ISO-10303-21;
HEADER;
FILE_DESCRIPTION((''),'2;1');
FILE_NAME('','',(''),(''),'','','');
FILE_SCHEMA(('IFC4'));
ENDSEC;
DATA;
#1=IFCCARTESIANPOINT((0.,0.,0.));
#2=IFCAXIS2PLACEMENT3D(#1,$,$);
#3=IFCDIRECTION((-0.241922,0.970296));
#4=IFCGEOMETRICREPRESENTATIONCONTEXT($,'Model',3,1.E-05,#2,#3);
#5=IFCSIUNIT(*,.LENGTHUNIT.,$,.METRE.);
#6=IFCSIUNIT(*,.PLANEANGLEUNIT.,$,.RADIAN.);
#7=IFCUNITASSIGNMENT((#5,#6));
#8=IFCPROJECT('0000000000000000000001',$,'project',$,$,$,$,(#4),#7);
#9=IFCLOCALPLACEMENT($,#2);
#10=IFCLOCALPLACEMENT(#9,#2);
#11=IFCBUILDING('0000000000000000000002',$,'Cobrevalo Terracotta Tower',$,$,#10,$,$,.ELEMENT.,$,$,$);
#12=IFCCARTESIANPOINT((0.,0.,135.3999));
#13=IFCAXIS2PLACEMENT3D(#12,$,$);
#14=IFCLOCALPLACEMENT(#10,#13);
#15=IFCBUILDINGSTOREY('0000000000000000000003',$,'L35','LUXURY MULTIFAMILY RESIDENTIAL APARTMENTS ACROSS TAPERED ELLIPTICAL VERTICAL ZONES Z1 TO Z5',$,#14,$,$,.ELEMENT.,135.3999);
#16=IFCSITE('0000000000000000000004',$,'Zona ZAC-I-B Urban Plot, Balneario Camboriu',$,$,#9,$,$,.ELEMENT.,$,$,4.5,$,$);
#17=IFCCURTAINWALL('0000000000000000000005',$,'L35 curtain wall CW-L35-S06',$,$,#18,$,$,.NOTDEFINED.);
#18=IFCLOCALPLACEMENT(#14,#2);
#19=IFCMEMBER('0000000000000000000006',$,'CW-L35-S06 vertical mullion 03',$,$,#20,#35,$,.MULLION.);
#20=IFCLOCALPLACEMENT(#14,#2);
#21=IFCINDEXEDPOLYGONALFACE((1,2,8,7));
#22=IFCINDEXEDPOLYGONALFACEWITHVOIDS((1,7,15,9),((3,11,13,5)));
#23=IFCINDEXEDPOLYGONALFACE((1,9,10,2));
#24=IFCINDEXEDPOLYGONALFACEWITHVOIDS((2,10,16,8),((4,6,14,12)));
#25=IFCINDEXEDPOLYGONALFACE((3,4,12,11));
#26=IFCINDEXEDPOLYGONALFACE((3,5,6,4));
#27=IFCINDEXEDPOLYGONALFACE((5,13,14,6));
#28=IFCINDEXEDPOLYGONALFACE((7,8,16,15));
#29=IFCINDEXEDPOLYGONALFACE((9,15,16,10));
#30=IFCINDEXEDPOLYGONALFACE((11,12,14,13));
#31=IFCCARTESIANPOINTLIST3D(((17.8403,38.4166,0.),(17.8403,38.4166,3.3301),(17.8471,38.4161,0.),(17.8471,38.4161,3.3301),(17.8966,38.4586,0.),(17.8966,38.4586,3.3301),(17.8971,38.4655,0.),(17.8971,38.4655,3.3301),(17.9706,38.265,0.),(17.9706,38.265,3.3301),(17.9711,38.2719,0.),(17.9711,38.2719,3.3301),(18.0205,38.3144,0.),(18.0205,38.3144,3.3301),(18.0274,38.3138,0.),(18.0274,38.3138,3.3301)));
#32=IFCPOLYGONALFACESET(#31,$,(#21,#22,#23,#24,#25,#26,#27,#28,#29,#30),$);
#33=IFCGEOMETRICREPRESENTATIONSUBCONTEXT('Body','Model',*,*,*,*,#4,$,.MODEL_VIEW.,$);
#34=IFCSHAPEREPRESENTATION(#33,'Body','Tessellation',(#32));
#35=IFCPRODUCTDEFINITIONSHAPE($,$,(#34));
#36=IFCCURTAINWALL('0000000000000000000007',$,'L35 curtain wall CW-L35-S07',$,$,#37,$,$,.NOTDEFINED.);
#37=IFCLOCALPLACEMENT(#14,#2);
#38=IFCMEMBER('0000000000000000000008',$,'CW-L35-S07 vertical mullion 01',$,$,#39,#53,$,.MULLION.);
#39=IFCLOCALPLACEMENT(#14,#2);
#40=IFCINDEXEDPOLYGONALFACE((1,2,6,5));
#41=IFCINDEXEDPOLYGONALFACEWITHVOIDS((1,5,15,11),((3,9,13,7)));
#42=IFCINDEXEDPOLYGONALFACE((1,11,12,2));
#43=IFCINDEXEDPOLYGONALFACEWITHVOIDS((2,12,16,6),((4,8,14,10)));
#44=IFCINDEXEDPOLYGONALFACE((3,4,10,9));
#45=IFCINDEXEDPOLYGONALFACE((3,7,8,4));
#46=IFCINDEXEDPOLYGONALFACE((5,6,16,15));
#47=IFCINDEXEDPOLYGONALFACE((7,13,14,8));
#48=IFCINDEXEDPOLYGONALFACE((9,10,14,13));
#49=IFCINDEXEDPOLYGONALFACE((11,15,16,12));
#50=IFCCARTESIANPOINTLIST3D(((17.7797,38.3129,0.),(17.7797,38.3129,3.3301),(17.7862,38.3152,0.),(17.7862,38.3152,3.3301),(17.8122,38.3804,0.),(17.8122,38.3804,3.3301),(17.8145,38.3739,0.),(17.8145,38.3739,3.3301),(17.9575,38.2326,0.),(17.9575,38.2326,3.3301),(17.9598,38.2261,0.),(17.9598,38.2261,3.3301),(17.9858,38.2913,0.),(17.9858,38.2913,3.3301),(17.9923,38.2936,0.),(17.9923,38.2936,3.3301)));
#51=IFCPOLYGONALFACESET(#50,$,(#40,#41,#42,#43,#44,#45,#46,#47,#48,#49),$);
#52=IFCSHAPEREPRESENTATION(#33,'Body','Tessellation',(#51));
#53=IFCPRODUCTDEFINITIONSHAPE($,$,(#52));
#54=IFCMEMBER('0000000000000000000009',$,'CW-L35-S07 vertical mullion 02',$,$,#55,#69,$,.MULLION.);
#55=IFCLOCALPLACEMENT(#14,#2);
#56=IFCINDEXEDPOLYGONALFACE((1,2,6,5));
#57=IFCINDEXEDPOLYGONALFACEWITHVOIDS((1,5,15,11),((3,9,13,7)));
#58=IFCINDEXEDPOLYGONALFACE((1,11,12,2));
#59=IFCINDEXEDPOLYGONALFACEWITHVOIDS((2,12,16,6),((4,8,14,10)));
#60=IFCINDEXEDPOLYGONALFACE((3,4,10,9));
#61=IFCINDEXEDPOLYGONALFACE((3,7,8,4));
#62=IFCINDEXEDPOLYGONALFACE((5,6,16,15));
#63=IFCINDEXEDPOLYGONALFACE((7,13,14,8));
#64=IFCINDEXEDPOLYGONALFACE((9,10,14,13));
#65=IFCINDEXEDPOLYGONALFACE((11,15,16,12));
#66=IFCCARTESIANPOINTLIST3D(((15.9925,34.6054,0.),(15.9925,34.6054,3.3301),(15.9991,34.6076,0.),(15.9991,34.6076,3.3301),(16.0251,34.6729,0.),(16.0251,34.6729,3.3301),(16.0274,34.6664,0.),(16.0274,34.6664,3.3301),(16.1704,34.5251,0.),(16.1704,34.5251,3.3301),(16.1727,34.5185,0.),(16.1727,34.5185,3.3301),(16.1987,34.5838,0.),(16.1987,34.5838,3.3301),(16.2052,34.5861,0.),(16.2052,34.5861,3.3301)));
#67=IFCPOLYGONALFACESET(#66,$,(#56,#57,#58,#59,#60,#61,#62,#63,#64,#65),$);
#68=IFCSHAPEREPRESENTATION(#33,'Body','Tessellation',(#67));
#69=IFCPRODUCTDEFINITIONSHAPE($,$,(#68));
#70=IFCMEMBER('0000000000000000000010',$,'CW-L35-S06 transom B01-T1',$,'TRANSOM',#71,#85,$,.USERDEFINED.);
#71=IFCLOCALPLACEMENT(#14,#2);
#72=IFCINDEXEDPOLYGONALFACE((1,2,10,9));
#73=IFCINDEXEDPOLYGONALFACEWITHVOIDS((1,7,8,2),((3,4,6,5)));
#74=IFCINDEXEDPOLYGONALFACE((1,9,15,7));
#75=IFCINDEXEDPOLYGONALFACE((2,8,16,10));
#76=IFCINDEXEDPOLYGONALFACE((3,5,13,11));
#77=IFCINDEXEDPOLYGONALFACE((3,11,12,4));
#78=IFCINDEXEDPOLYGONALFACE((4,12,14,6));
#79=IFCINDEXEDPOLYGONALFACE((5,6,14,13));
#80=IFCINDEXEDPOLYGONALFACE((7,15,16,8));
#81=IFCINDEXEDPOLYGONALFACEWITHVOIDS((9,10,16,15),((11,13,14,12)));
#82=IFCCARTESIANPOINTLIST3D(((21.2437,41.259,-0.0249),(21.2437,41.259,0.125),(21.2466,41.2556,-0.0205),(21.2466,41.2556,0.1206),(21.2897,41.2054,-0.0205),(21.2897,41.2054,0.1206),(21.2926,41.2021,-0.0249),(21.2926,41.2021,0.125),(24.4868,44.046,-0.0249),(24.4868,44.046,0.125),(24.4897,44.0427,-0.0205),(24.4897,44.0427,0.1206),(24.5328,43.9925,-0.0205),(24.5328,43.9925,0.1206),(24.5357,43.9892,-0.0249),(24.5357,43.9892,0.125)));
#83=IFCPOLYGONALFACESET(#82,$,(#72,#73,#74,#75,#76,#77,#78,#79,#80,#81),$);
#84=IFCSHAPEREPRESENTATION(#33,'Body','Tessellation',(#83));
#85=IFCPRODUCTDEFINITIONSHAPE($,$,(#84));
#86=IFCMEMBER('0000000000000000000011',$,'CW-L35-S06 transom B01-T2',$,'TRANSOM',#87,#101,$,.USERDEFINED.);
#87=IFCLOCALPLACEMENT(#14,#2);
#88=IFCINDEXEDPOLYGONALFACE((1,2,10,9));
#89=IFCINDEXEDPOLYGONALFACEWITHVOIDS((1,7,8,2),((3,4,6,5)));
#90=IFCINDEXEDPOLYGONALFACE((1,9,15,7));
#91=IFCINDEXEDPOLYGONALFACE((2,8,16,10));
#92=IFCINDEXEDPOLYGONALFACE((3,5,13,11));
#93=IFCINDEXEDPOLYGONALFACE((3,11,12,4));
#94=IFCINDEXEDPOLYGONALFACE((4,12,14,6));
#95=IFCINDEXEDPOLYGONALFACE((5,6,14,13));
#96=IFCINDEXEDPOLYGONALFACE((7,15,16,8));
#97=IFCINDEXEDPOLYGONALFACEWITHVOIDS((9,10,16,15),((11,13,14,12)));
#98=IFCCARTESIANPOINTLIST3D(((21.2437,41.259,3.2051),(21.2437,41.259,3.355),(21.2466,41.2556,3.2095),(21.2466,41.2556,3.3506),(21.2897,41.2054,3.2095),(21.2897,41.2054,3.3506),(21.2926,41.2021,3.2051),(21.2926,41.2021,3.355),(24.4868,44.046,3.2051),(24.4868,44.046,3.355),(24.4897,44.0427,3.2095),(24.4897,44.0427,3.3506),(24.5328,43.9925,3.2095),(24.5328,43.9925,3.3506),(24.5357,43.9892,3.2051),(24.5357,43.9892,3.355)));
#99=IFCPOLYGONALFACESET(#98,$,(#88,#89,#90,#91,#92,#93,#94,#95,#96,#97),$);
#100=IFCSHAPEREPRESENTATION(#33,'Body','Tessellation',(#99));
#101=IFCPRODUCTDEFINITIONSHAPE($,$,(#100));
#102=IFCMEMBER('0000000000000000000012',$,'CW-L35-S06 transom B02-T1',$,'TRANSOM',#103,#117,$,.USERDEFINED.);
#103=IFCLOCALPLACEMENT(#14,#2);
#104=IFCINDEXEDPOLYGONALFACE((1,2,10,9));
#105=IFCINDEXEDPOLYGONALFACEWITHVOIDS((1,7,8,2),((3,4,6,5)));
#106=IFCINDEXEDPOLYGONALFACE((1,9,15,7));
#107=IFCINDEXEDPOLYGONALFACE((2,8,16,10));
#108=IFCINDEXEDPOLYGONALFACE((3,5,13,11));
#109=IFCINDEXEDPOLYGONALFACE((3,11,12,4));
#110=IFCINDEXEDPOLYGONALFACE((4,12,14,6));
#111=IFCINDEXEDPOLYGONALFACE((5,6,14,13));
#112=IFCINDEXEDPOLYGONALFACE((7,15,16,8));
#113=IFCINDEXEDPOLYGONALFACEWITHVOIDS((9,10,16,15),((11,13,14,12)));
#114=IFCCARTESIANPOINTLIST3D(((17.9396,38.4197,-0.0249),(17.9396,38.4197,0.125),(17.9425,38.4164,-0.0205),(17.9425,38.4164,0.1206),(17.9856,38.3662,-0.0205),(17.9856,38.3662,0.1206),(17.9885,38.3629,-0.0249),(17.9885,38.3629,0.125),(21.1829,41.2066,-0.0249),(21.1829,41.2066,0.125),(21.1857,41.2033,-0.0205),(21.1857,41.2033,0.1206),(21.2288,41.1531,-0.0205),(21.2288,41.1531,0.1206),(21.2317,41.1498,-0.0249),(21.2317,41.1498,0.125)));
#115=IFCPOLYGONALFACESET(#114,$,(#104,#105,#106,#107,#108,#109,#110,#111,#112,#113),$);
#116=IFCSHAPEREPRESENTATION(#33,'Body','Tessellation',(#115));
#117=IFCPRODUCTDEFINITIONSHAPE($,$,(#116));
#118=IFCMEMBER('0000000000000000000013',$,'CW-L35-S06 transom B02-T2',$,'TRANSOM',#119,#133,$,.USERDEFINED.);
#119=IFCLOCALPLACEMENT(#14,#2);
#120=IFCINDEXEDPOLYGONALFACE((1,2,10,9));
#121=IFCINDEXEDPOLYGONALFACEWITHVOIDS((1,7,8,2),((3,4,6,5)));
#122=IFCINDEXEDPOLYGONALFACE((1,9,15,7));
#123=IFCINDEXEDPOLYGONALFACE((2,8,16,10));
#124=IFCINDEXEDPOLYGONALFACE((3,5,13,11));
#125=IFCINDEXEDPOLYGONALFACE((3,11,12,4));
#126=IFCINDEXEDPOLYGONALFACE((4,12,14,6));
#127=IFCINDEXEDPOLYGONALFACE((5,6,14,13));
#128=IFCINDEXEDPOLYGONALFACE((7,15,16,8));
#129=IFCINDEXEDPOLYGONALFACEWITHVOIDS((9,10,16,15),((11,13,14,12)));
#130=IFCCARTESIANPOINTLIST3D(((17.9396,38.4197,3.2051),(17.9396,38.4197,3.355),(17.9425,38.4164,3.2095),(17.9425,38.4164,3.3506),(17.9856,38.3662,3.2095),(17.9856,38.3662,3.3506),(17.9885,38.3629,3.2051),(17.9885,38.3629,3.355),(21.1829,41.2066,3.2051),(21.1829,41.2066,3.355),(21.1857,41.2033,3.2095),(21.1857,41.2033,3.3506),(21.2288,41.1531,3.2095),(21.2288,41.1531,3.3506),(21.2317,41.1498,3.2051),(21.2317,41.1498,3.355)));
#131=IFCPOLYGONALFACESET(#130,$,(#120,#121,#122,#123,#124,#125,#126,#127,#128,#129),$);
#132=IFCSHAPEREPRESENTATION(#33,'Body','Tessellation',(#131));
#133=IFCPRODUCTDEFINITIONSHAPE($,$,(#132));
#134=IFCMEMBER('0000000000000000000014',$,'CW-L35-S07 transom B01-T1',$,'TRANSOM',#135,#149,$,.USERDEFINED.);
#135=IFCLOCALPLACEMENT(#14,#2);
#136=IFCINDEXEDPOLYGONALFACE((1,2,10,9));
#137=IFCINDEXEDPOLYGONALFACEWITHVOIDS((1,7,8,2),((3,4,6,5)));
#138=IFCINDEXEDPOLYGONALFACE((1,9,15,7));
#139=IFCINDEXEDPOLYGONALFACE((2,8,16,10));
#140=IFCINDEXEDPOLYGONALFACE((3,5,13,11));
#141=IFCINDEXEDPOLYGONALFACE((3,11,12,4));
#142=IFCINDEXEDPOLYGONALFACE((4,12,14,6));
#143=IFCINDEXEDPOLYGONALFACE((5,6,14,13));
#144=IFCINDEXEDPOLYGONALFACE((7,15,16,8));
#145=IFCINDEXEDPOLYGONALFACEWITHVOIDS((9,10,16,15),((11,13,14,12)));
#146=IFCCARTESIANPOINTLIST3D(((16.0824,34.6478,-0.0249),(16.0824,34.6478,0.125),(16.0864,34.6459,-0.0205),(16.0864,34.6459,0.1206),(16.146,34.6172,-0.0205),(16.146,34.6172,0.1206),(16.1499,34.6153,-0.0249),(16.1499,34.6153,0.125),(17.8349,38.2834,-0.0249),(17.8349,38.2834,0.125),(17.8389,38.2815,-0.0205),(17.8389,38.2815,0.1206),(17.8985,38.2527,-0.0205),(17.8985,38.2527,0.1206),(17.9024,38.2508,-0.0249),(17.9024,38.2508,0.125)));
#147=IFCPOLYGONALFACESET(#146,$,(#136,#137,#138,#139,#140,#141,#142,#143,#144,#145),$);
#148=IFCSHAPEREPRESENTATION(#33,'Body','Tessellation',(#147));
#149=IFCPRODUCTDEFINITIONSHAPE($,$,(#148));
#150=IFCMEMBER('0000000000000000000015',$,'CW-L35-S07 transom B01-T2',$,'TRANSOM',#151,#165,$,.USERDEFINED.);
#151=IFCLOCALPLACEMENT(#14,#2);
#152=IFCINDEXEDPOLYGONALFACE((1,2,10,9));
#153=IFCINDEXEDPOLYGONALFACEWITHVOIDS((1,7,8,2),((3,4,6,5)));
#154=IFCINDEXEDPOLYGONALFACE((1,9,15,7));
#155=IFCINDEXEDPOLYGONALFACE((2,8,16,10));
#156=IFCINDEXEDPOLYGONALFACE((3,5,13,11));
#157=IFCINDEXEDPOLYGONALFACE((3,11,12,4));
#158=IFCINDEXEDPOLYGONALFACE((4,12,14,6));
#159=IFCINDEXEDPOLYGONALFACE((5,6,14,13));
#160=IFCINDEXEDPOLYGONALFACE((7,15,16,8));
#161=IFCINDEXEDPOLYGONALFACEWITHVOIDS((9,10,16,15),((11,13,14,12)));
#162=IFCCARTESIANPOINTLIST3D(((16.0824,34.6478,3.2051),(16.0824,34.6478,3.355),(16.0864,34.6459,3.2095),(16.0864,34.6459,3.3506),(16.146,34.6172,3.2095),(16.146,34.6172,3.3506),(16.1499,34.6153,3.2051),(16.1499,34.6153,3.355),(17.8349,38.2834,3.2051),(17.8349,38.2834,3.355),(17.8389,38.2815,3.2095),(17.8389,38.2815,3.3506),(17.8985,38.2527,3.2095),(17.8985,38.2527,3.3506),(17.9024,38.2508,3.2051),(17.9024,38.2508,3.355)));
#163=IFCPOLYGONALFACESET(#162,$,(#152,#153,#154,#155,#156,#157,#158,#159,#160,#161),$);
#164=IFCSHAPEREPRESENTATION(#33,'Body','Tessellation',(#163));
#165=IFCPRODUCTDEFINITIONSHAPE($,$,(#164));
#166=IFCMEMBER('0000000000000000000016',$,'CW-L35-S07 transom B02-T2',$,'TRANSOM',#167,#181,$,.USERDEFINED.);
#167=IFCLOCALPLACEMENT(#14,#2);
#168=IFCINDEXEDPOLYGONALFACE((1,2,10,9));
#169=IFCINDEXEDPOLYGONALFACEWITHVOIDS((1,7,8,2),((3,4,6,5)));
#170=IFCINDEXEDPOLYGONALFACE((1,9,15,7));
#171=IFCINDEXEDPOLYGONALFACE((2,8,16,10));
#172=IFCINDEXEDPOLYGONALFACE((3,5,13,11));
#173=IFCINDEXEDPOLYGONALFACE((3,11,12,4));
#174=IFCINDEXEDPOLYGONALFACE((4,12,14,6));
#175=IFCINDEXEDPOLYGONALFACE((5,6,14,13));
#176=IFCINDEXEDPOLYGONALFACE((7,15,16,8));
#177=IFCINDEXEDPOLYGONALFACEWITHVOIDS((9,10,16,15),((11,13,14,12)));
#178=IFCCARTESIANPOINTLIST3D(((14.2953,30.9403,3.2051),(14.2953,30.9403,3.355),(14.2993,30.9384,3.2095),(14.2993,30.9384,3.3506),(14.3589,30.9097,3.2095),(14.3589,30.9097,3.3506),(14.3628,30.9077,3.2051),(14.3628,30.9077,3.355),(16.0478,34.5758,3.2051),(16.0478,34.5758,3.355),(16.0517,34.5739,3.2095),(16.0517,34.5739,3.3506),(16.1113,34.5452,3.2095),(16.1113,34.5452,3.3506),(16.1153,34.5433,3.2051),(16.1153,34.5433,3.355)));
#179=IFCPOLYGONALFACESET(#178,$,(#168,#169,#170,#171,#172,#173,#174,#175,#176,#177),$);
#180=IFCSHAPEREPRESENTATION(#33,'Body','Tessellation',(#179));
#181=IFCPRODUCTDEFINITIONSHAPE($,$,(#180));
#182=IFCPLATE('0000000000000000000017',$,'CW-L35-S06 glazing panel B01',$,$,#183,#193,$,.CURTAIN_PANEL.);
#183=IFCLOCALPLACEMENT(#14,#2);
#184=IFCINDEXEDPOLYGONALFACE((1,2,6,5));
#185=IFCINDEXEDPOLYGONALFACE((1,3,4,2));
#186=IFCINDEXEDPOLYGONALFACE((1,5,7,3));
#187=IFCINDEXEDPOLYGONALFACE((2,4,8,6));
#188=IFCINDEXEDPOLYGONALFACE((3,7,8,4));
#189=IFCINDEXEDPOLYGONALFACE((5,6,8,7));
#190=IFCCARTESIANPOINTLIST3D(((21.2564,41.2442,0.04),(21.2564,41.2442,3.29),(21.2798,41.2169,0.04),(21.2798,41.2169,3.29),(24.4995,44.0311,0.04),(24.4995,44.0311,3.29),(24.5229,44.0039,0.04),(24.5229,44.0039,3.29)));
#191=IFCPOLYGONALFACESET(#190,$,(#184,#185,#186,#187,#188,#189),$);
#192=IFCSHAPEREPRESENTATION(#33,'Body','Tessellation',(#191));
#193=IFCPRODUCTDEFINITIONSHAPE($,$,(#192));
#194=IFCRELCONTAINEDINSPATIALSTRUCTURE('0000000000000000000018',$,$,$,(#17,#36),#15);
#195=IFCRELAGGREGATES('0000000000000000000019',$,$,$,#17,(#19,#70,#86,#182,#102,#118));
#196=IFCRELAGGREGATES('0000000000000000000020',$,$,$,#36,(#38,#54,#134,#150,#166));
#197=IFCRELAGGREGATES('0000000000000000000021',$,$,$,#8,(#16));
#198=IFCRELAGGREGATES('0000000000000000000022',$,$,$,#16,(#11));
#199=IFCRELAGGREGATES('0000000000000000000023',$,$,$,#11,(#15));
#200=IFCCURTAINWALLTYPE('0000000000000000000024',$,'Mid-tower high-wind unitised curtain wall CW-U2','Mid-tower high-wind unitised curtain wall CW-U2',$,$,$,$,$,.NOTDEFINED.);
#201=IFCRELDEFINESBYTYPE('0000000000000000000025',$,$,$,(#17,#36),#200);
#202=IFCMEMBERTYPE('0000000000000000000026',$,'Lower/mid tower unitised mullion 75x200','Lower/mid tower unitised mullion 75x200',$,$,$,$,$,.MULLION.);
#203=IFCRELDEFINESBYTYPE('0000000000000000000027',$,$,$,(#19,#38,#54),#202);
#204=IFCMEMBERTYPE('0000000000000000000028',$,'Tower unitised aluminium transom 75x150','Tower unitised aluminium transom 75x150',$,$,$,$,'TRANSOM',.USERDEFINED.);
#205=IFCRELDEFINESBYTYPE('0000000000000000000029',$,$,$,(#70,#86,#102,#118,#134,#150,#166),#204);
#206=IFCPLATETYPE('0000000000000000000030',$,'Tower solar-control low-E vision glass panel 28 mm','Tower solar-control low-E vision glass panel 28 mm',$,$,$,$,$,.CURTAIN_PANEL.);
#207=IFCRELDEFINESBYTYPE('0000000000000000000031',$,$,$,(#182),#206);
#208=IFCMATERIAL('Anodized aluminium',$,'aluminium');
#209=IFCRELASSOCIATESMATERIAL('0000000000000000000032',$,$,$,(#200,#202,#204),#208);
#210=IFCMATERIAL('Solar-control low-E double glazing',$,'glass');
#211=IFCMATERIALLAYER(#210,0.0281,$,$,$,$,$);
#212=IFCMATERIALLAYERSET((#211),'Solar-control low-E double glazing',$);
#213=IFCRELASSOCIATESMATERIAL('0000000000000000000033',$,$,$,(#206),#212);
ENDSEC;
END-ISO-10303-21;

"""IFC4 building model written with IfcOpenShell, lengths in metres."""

from ifc_helpers import new_model, si_unit, direction, frame, origin, origin_2d, place, context, subcontext, project, spatial, rectangle, hollow_rectangle, extrude, source, transform, mapped, material, layer, layer_set, material_profile, profile_set, type_object, element, aggregate, save


model = new_model("IFC4")

# Units and contexts
model_context = context("Model", 3, precision=1e-05, world=origin(), true_north=direction((-0.241922, 0.970296)))
body_context = subcontext(model_context, "Body", "Model", "MODEL_VIEW")
ifc_project = project(units=[si_unit("LENGTHUNIT", "METRE"), si_unit("PLANEANGLEUNIT", "RADIAN")], contexts=[model_context])

# Site, building, storey
site_placement = place(None, origin())
site = spatial("IfcSite", under=ifc_project, at=site_placement, Name="Zona ZAC-I-B Urban Plot, Balneario Camboriu", CompositionType="ELEMENT", RefElevation=4.5)
building_placement = place(site_placement, origin())
building = spatial("IfcBuilding", under=site, at=building_placement, Name="Cobrevalo Terracotta Tower", CompositionType="ELEMENT")
storey_placement = place(building_placement, frame((0.0, 0.0, 135.3999)))
storey = spatial("IfcBuildingStorey", under=building, at=storey_placement, Name="L35", Description="LUXURY MULTIFAMILY RESIDENTIAL APARTMENTS ACROSS TAPERED ELLIPTICAL VERTICAL ZONES Z1 TO Z5", CompositionType="ELEMENT", Elevation=135.3999)

# Curtain walls, members
ifc_material_1 = material(Name="Anodized aluminium", Category="aluminium")
curtain_wall_type = type_object("IfcCurtainWallType", Name="Mid-tower high-wind unitised curtain wall CW-U2", Description="Mid-tower high-wind unitised curtain wall CW-U2", PredefinedType="NOTDEFINED", material=ifc_material_1)
curtain_wall_1_placement = place(storey_placement, origin())
curtain_wall_1 = element("IfcCurtainWall", 1, at=curtain_wall_1_placement, inside=storey, type_object=curtain_wall_type, Name="L35 curtain wall CW-L35-S06", PredefinedType="NOTDEFINED")
ifc_material_profile_1 = material_profile(ifc_material_1, hollow_rectangle(XDim=0.075, YDim=0.2, WallThickness=0.0049, at=origin_2d()), Name="CWM 75x200")
ifc_profile_set_1 = profile_set([ifc_material_profile_1], Name="Anodized aluminium")
member_type_1 = type_object("IfcMemberType", Name="Lower/mid tower unitised mullion 75x200", Description="Lower/mid tower unitised mullion 75x200", PredefinedType="MULLION", material=ifc_profile_set_1)
shared_shape_1 = source(origin(), body_context, "Body", "SweptSolid", [
    extrude(hollow_rectangle(XDim=0.075, YDim=0.2, WallThickness=0.0049, at=origin_2d()), origin(), (0.0, 0.0, 1.0), 3.3301),
])
member_1_placement = place(storey_placement, frame((17.9338, 38.3652, 0.0), z_axis=(0.0, 0.0, 1.0), x_axis=(-0.758442, -0.651741, 0.0)))
member_1 = element("IfcMember", 2, at=member_1_placement, type_object=member_type_1, Name="CW-L35-S06 vertical mullion 03", PredefinedType="MULLION", context=body_context, shape_type="MappedRepresentation", body=[
    mapped(shared_shape_1, transform((0.0, 0.0, 0.0), scale=1.0)),
])
curtain_wall_2_placement = place(storey_placement, origin())
curtain_wall_2 = element("IfcCurtainWall", 3, at=curtain_wall_2_placement, inside=storey, type_object=curtain_wall_type, Name="L35 curtain wall CW-L35-S07", PredefinedType="NOTDEFINED")
member_2_placement = place(storey_placement, frame((17.886, 38.3032, 0.0), z_axis=(0.0, 0.0, 1.0), x_axis=(-0.434209, -0.900812, 0.0)))
member_2 = element("IfcMember", 4, at=member_2_placement, type_object=member_type_1, Name="CW-L35-S07 vertical mullion 01", PredefinedType="MULLION", context=body_context, shape_type="MappedRepresentation", body=[
    mapped(shared_shape_1, transform((0.0, 0.0, 0.0), scale=1.0)),
])
member_3_placement = place(storey_placement, frame((16.0989, 34.5957, 0.0), z_axis=(0.0, 0.0, 1.0), x_axis=(-0.434209, -0.900812, 0.0)))
member_3 = element("IfcMember", 5, at=member_3_placement, type_object=member_type_1, Name="CW-L35-S07 vertical mullion 02", PredefinedType="MULLION", context=body_context, shape_type="MappedRepresentation", body=[
    mapped(shared_shape_1, transform((0.0, 0.0, 0.0), scale=1.0)),
])

# Members
ifc_material_profile_2 = material_profile(ifc_material_1, hollow_rectangle(XDim=0.075, YDim=0.1499, WallThickness=0.0044, at=origin_2d()), Name="CWT 75x150")
ifc_profile_set_2 = profile_set([ifc_material_profile_2], Name="Anodized aluminium")
member_type_2 = type_object("IfcMemberType", Name="Tower unitised aluminium transom 75x150", Description="Tower unitised aluminium transom 75x150", ElementType="TRANSOM", PredefinedType="USERDEFINED", material=ifc_profile_set_2)
shared_shape_2 = source(origin(), body_context, "Body", "SweptSolid", [
    extrude(hollow_rectangle(XDim=0.075, YDim=0.1499, WallThickness=0.0044, at=origin_2d()), origin(), (0.0, 0.0, 1.0), 4.2761),
])
member_4_placement = place(storey_placement, frame((24.5112, 44.0176, 0.05), z_axis=(-0.758418, -0.651769, 0.0), x_axis=(0.651769, -0.758418, 0.0)))
member_4 = element("IfcMember", 6, at=member_4_placement, type_object=member_type_2, Name="CW-L35-S06 transom B01-T1", ObjectType="TRANSOM", PredefinedType="USERDEFINED", context=body_context, shape_type="MappedRepresentation", body=[
    mapped(shared_shape_2, transform((0.0, 0.0, 0.0), scale=1.0)),
])
member_5_placement = place(storey_placement, frame((24.5112, 44.0176, 3.28), z_axis=(-0.758418, -0.651769, 0.0), x_axis=(0.651769, -0.758418, 0.0)))
member_5 = element("IfcMember", 7, at=member_5_placement, type_object=member_type_2, Name="CW-L35-S06 transom B01-T2", ObjectType="TRANSOM", PredefinedType="USERDEFINED", context=body_context, shape_type="MappedRepresentation", body=[
    mapped(shared_shape_2, transform((0.0, 0.0, 0.0), scale=1.0)),
])
member_6_placement = place(storey_placement, frame((21.2073, 41.1782, 0.05), z_axis=(-0.758446, -0.651736, 0.0), x_axis=(0.651736, -0.758446, 0.0)))
member_6 = element("IfcMember", 8, at=member_6_placement, type_object=member_type_2, Name="CW-L35-S06 transom B02-T1", ObjectType="TRANSOM", PredefinedType="USERDEFINED", context=body_context, shape_type="MappedRepresentation", body=[
    mapped(shared_shape_2, transform((0.0, 0.0, 0.0), scale=1.0)),
])
member_7_placement = place(storey_placement, frame((21.2073, 41.1782, 3.28), z_axis=(-0.758446, -0.651736, 0.0), x_axis=(0.651736, -0.758446, 0.0)))
member_7 = element("IfcMember", 9, at=member_7_placement, type_object=member_type_2, Name="CW-L35-S06 transom B02-T2", ObjectType="TRANSOM", PredefinedType="USERDEFINED", context=body_context, shape_type="MappedRepresentation", body=[
    mapped(shared_shape_2, transform((0.0, 0.0, 0.0), scale=1.0)),
])
shared_shape_3 = source(origin(), body_context, "Body", "SweptSolid", [
    extrude(hollow_rectangle(XDim=0.075, YDim=0.1499, WallThickness=0.0044, at=origin_2d()), origin(), (0.0, 0.0, 1.0), 4.0359),
])
member_8_placement = place(storey_placement, frame((17.8687, 38.2671, 0.05), z_axis=(-0.434221, -0.900806, 0.0), x_axis=(0.900806, -0.434221, 0.0)))
member_8 = element("IfcMember", 10, at=member_8_placement, type_object=member_type_2, Name="CW-L35-S07 transom B01-T1", ObjectType="TRANSOM", PredefinedType="USERDEFINED", context=body_context, shape_type="MappedRepresentation", body=[
    mapped(shared_shape_3, transform((0.0, 0.0, 0.0), scale=1.0)),
])
member_9_placement = place(storey_placement, frame((17.8687, 38.2671, 3.28), z_axis=(-0.434221, -0.900806, 0.0), x_axis=(0.900806, -0.434221, 0.0)))
member_9 = element("IfcMember", 11, at=member_9_placement, type_object=member_type_2, Name="CW-L35-S07 transom B01-T2", ObjectType="TRANSOM", PredefinedType="USERDEFINED", context=body_context, shape_type="MappedRepresentation", body=[
    mapped(shared_shape_3, transform((0.0, 0.0, 0.0), scale=1.0)),
])
member_10_placement = place(storey_placement, frame((16.0815, 34.5596, 3.28), z_axis=(-0.434221, -0.900806, 0.0), x_axis=(0.900806, -0.434221, 0.0)))
member_10 = element("IfcMember", 12, at=member_10_placement, type_object=member_type_2, Name="CW-L35-S07 transom B02-T2", ObjectType="TRANSOM", PredefinedType="USERDEFINED", context=body_context, shape_type="MappedRepresentation", body=[
    mapped(shared_shape_3, transform((0.0, 0.0, 0.0), scale=1.0)),
])

# Plate
ifc_material_2 = material(Name="Solar-control low-E double glazing", Category="glass")
ifc_layer_1 = layer(ifc_material_2, 0.0281)
ifc_layer_set_1 = layer_set([ifc_layer_1], Name="Solar-control low-E double glazing")
plate_type = type_object("IfcPlateType", Name="Tower solar-control low-E vision glass panel 28 mm", Description="Tower solar-control low-E vision glass panel 28 mm", PredefinedType="CURTAIN_PANEL", material=ifc_layer_set_1)
shared_shape_4 = source(origin(), body_context, "Body", "SweptSolid", [
    extrude(rectangle(XDim=4.2761, YDim=0.0359, at=origin_2d()), origin(), (0.0, 0.0, 1.0), 3.25),
])
plate_1_placement = place(storey_placement, frame((22.8896, 42.624, 0.04), z_axis=(0.0, 0.0, 1.0), x_axis=(-0.758437, -0.651746, 0.0)))
plate_1 = element("IfcPlate", 13, at=plate_1_placement, type_object=plate_type, Name="CW-L35-S06 glazing panel B01", PredefinedType="CURTAIN_PANEL", context=body_context, shape_type="MappedRepresentation", body=[
    mapped(shared_shape_4, transform((0.0, 0.0, 0.0), scale=1.0)),
])
aggregate(curtain_wall_1, [member_1, member_4, member_5, plate_1, member_6, member_7])
aggregate(curtain_wall_2, [member_2, member_3, member_8, member_9, member_10])

save(model, "model.ifc")
